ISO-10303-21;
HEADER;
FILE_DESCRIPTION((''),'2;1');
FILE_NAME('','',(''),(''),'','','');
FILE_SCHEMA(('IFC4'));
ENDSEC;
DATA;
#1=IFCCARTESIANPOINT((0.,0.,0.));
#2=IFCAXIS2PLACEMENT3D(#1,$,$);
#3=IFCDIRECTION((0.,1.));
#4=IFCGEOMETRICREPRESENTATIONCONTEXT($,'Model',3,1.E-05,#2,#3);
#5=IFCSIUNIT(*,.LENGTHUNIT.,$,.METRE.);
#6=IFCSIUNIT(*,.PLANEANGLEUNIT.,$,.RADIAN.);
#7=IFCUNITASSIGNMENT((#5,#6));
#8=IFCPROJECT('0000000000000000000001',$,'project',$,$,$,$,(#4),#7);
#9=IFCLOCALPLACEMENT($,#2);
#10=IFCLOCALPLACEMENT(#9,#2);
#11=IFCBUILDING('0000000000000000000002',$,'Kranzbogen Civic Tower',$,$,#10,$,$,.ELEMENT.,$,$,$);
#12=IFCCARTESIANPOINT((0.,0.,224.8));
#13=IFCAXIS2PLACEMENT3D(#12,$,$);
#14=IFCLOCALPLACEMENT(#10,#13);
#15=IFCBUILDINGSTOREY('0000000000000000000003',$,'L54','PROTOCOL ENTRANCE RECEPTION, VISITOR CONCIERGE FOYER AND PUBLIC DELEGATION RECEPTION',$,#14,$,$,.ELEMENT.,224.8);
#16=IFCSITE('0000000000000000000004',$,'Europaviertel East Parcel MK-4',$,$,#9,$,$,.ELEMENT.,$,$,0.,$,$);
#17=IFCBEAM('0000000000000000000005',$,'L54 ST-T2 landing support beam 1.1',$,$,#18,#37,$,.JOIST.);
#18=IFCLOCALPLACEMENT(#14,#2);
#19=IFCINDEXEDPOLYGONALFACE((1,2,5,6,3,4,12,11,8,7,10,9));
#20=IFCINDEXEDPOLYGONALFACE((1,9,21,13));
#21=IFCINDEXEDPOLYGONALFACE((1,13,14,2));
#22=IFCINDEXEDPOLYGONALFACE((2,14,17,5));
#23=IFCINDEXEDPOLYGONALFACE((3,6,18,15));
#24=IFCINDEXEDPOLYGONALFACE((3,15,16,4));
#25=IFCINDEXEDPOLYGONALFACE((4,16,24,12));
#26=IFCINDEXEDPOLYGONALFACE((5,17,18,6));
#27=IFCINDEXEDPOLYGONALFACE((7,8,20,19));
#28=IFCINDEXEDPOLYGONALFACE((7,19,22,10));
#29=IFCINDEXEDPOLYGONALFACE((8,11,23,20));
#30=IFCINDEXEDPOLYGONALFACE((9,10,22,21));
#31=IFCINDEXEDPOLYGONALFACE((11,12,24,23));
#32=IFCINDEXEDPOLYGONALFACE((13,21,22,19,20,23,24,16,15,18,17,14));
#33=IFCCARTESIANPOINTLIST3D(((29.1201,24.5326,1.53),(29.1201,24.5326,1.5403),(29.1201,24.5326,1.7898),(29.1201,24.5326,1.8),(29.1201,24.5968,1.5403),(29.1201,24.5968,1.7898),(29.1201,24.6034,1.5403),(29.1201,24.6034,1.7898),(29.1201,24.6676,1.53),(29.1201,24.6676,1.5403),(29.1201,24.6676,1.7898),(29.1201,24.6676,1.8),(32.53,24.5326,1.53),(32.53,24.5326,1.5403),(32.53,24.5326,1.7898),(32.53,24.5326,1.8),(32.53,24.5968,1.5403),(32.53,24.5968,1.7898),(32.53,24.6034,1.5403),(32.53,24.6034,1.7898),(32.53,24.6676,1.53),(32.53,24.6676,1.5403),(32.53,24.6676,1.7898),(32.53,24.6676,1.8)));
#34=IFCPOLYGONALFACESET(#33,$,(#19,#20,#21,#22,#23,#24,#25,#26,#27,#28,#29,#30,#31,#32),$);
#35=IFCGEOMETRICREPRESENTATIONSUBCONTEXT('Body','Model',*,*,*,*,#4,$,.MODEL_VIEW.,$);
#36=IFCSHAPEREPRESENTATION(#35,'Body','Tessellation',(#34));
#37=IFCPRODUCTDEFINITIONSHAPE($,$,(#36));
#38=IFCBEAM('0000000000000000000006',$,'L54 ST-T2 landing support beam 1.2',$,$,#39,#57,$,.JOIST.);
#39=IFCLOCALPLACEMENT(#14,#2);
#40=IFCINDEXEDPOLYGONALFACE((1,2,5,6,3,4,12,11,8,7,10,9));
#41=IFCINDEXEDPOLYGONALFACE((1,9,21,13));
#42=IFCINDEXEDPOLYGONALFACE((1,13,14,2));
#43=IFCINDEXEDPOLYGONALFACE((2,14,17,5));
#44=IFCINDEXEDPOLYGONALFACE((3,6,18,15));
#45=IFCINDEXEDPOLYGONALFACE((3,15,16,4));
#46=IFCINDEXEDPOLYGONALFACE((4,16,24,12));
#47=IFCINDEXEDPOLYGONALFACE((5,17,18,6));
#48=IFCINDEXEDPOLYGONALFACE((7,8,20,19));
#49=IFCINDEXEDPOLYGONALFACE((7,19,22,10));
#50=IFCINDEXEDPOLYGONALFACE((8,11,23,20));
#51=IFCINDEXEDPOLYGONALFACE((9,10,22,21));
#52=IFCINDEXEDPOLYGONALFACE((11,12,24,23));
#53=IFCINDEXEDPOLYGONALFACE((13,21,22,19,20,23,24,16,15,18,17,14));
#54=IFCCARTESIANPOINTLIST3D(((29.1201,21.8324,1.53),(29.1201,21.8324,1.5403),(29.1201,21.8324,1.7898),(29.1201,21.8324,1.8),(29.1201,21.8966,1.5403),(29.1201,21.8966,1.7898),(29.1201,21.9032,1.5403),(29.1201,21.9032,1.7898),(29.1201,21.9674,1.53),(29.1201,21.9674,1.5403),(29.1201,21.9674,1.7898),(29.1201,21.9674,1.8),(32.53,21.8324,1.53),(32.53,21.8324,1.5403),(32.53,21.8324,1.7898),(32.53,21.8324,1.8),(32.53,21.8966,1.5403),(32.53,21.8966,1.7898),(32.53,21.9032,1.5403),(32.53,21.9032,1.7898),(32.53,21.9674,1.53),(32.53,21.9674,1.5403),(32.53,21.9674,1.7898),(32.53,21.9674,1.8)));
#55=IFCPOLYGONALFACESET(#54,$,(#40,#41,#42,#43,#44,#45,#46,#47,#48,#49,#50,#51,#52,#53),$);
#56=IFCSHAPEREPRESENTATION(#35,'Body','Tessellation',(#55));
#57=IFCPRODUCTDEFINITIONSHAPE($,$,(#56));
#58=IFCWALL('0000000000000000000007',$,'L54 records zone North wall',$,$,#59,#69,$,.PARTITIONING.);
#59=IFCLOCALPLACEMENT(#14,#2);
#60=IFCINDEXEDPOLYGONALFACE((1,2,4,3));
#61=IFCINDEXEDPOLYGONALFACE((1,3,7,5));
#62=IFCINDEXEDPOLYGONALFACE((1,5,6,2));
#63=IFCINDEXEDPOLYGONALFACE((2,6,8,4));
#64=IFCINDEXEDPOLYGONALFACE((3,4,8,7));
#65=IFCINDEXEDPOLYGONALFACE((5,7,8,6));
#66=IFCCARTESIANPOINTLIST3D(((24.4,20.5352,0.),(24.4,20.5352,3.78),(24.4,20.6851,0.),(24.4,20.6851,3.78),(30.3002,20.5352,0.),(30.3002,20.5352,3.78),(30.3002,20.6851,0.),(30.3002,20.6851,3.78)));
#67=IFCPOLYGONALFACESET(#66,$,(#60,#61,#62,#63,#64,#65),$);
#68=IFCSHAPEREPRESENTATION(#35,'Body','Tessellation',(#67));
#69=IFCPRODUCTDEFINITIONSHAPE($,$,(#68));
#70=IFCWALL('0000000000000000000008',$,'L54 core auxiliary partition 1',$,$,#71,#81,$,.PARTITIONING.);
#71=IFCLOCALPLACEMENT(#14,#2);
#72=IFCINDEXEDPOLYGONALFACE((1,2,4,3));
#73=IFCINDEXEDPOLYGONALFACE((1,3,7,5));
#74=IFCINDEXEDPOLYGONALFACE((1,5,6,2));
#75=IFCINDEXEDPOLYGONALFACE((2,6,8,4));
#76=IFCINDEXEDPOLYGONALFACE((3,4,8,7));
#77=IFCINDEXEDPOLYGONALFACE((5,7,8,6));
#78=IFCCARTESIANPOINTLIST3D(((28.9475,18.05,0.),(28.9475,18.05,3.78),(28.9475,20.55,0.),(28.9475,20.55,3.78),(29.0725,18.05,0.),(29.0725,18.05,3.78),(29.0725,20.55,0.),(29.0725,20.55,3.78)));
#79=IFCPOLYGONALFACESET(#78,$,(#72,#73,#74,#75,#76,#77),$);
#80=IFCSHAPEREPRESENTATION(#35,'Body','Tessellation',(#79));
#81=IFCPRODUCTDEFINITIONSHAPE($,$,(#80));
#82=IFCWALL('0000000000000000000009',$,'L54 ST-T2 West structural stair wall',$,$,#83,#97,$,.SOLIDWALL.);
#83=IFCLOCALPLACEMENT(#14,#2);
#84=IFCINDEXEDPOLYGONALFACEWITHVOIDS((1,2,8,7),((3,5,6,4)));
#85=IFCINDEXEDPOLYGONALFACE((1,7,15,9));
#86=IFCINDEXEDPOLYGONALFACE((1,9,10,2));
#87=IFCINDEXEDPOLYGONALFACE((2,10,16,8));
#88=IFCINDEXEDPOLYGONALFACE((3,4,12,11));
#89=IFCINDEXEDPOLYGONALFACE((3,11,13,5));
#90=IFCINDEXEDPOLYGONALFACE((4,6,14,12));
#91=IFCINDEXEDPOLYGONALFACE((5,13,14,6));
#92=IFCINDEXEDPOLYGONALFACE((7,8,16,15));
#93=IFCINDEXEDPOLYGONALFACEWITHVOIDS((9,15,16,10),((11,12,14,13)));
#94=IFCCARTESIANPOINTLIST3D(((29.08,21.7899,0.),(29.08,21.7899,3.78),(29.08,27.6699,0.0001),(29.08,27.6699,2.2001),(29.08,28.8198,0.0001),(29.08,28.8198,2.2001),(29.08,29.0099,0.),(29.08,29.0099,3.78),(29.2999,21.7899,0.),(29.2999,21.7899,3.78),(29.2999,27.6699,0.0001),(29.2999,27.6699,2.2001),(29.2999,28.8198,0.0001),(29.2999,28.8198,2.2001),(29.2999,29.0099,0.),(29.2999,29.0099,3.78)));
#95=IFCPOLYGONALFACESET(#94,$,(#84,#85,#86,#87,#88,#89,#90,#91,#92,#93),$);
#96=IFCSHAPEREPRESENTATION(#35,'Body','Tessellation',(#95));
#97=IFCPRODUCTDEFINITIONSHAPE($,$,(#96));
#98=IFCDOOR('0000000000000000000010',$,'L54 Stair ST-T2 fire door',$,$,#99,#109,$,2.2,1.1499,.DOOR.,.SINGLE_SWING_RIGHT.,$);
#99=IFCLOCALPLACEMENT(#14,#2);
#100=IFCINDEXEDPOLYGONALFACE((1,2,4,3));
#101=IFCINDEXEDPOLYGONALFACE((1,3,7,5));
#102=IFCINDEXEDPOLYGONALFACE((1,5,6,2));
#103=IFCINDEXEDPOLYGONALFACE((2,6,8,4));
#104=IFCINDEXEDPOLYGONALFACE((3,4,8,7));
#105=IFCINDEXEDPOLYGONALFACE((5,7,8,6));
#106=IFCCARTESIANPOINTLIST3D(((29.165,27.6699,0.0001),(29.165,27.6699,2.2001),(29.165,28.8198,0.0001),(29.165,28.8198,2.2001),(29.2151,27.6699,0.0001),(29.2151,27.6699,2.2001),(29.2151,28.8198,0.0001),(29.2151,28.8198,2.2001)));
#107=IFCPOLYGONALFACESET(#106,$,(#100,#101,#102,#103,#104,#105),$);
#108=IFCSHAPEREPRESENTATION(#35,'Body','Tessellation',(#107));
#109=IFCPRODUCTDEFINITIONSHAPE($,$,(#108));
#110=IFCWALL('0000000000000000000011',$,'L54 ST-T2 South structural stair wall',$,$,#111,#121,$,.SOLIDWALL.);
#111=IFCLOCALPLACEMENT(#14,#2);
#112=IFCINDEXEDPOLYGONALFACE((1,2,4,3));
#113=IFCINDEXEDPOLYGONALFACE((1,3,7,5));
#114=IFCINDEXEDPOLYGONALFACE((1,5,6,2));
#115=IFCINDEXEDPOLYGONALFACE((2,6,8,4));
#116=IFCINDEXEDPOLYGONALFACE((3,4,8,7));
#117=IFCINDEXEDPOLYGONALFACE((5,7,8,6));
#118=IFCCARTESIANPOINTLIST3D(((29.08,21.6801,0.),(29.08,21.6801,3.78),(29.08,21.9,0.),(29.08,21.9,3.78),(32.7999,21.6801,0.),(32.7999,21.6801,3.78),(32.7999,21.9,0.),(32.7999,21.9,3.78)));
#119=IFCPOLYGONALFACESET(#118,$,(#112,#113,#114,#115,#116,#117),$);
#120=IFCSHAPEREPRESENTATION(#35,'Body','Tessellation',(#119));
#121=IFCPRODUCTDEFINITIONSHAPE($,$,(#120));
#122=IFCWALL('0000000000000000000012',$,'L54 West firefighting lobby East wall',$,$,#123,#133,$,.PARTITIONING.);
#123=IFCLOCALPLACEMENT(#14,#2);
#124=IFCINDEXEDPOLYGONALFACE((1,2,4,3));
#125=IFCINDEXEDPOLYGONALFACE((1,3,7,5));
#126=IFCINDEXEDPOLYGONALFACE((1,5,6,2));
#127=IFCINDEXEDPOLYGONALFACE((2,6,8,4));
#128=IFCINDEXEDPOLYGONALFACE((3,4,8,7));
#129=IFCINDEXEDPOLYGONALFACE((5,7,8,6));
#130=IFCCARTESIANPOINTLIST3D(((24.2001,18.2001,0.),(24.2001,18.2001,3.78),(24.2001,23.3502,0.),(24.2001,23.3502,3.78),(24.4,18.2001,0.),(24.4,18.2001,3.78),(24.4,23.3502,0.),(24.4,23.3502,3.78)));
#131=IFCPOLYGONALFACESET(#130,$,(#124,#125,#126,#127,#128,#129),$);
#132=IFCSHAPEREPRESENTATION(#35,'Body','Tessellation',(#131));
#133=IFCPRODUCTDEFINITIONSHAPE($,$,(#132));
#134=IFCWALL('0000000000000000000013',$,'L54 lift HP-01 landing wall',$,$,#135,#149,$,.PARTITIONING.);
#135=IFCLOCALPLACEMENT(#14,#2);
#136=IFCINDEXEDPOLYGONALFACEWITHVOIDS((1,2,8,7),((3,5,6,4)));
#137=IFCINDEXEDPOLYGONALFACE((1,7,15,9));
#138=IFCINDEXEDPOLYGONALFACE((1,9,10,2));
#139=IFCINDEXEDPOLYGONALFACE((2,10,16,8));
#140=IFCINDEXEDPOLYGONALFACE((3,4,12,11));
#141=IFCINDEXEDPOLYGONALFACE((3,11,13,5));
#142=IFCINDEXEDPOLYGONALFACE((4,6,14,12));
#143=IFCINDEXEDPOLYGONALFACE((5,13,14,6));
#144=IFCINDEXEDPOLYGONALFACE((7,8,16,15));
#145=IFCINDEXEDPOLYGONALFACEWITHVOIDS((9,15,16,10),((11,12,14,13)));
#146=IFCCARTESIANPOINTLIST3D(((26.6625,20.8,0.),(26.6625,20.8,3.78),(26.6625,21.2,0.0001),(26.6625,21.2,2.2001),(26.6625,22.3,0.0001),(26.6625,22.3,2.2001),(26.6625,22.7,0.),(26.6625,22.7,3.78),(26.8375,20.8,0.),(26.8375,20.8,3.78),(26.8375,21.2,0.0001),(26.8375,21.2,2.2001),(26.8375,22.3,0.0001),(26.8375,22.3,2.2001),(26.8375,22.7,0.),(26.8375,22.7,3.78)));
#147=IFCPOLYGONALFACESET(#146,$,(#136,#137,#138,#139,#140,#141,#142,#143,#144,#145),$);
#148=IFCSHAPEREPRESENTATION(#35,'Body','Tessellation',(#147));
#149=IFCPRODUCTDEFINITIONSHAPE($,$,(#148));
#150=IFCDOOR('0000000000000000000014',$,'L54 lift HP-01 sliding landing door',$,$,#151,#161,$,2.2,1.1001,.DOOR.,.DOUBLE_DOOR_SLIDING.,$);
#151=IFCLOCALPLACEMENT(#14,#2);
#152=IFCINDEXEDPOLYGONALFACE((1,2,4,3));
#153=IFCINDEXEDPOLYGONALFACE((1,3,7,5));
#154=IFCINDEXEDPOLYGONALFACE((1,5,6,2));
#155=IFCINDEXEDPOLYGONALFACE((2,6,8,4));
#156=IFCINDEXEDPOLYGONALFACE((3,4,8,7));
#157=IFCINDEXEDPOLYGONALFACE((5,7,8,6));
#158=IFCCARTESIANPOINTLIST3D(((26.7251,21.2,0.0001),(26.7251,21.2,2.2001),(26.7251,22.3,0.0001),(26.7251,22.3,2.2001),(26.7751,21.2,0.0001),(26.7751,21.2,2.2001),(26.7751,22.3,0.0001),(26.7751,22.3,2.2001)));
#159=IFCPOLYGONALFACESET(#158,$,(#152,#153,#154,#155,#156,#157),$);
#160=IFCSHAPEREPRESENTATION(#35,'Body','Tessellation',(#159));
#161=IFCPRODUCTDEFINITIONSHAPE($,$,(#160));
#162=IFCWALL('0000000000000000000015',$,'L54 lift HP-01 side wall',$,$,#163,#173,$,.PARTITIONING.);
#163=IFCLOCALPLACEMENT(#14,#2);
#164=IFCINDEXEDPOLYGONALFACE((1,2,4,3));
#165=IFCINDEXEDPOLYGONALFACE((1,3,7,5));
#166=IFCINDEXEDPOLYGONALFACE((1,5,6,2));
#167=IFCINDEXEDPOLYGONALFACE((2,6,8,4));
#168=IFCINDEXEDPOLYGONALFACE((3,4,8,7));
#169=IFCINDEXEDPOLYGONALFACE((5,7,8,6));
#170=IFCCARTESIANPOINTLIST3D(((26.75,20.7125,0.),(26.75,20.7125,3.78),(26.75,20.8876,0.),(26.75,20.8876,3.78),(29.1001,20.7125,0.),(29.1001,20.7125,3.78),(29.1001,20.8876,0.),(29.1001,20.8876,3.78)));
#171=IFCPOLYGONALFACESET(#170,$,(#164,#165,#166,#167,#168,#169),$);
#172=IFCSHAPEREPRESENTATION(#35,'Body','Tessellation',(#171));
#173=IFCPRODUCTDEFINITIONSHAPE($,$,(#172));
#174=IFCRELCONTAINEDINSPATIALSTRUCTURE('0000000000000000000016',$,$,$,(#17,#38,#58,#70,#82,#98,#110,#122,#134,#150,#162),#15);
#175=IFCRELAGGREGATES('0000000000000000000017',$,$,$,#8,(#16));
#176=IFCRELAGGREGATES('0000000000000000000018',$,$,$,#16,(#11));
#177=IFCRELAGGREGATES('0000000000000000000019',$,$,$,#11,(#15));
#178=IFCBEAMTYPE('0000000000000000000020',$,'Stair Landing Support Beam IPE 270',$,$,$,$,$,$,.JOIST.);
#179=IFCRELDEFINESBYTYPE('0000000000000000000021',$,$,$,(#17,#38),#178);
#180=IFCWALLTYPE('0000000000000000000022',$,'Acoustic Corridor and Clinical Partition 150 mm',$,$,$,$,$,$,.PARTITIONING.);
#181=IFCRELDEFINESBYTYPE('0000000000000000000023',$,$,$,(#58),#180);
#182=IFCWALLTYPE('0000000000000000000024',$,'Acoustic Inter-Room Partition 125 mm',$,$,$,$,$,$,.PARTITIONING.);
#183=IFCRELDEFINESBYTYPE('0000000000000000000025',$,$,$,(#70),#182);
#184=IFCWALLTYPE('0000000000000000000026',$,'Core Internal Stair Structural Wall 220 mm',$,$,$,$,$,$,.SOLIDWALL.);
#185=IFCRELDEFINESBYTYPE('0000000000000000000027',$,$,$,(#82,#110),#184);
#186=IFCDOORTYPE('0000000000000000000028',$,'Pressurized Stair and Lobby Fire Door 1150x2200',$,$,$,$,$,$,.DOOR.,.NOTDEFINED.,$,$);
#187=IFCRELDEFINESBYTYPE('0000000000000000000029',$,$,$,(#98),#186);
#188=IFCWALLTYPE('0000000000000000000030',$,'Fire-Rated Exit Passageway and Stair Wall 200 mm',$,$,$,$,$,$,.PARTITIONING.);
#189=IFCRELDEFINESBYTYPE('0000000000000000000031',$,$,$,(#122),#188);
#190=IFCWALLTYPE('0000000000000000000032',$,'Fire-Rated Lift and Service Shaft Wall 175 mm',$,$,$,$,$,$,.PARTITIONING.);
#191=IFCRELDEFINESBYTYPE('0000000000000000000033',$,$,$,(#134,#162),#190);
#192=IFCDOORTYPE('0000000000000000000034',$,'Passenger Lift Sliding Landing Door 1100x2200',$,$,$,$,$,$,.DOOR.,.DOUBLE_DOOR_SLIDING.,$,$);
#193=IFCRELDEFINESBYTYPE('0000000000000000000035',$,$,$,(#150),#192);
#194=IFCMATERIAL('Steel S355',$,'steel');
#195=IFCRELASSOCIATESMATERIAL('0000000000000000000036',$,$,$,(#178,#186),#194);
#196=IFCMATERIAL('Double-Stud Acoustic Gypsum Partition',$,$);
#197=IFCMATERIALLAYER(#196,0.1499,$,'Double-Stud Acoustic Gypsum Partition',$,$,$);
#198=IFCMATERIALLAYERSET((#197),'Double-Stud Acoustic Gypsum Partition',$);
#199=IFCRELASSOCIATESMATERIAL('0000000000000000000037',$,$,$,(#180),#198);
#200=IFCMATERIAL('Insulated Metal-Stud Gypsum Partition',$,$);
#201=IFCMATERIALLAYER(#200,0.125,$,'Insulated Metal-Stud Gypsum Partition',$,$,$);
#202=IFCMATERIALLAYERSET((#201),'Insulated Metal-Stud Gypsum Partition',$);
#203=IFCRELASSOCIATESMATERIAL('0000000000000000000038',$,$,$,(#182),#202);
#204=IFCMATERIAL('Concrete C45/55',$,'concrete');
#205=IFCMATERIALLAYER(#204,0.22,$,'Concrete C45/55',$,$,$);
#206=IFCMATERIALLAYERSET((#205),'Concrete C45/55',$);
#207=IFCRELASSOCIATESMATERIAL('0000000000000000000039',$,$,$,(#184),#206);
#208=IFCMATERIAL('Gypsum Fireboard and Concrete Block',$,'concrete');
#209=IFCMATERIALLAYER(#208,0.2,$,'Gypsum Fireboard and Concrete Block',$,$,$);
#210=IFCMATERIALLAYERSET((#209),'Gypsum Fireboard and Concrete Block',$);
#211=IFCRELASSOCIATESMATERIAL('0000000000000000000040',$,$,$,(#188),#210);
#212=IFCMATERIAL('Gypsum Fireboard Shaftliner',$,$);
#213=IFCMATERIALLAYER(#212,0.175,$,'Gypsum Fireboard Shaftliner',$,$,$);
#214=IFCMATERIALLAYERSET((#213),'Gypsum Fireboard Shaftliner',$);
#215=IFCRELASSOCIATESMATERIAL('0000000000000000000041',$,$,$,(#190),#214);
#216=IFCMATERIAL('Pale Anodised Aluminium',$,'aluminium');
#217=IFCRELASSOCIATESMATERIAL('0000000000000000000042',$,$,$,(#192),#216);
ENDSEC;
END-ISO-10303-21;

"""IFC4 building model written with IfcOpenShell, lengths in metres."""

from ifc_helpers import new_model, si_unit, direction, frame, frame_2d, origin, origin_2d, place, context, subcontext, project, spatial, rectangle, i_section, extrude, material, layer, layer_set, material_profile, profile_set, type_object, element, fill, save


model = new_model("IFC4")

# Units and contexts
model_context = context("Model", 3, precision=1e-05, world=origin(), true_north=direction((0.0, 1.0)))
body_context = subcontext(model_context, "Body", "Model", "MODEL_VIEW")
ifc_project = project(units=[si_unit("LENGTHUNIT", "METRE"), si_unit("PLANEANGLEUNIT", "RADIAN")], contexts=[model_context])

# Site, building, storey
site_placement = place(None, origin())
site = spatial("IfcSite", under=ifc_project, at=site_placement, Name="Europaviertel East Parcel MK-4", CompositionType="ELEMENT", RefElevation=0.0)
building_placement = place(site_placement, origin())
building = spatial("IfcBuilding", under=site, at=building_placement, Name="Kranzbogen Civic Tower", CompositionType="ELEMENT")
storey_placement = place(building_placement, frame((0.0, 0.0, 224.8)))
storey = spatial("IfcBuildingStorey", under=building, at=storey_placement, Name="L54", Description="PROTOCOL ENTRANCE RECEPTION, VISITOR CONCIERGE FOYER AND PUBLIC DELEGATION RECEPTION", CompositionType="ELEMENT", Elevation=224.8)

# Beams
ifc_material_1 = material(Name="Steel S355", Category="steel")
ifc_material_profile = material_profile(ifc_material_1, i_section(OverallWidth=0.135, OverallDepth=0.27, WebThickness=0.0066, FlangeThickness=0.0103, at=origin_2d()), Name="IPE 270")
ifc_profile_set = profile_set([ifc_material_profile], Name="Steel S355")
beam_type = type_object("IfcBeamType", Name="Stair Landing Support Beam IPE 270", PredefinedType="JOIST", material=ifc_profile_set)
for number, where, z_axis, x_axis, name in (
    (1, (29.1201, 24.6001, 1.665), (1.0, 0.0, 0.0), (0.0, 1.0, 0.0), "L54 ST-T2 landing support beam 1.1"),
    (2, (29.1201, 21.8999, 1.665), (1.0, 0.0, 0.0), (0.0, 1.0, 0.0), "L54 ST-T2 landing support beam 1.2"),
):
    element("IfcBeam", number, at=place(storey_placement, frame(where, z_axis=z_axis, x_axis=x_axis)), inside=storey, type_object=beam_type, Name=name, PredefinedType="JOIST", context=body_context, shape_type="SweptSolid", body=[
        extrude(i_section(OverallWidth=0.135, OverallDepth=0.27, WebThickness=0.0066, FlangeThickness=0.0103, at=origin_2d()), origin(), (0.0, 0.0, 1.0), 3.4099),
    ])

# Walls
ifc_material_2 = material(Name="Double-Stud Acoustic Gypsum Partition")
ifc_layer_1 = layer(ifc_material_2, 0.1499, Name="Double-Stud Acoustic Gypsum Partition")
ifc_layer_set_1 = layer_set([ifc_layer_1], Name="Double-Stud Acoustic Gypsum Partition")
wall_type_1 = type_object("IfcWallType", Name="Acoustic Corridor and Clinical Partition 150 mm", PredefinedType="PARTITIONING", material=ifc_layer_set_1)
wall_1_placement = place(storey_placement, frame((24.3999, 20.6101, 0.0), z_axis=(0.0, 0.0, 1.0), x_axis=(1.0, 0.0, 0.0)))
element("IfcWall", 3, at=wall_1_placement, inside=storey, type_object=wall_type_1, Name="L54 records zone North wall", PredefinedType="PARTITIONING", context=body_context, shape_type="SweptSolid", body=[
    extrude(rectangle(XDim=5.9001, YDim=0.1499, at=frame_2d((2.9502, 0.0))), origin(), (0.0, 0.0, 1.0), 3.78),
])
ifc_material_3 = material(Name="Insulated Metal-Stud Gypsum Partition")
ifc_layer_2 = layer(ifc_material_3, 0.125, Name="Insulated Metal-Stud Gypsum Partition")
ifc_layer_set_2 = layer_set([ifc_layer_2], Name="Insulated Metal-Stud Gypsum Partition")
wall_type_2 = type_object("IfcWallType", Name="Acoustic Inter-Room Partition 125 mm", PredefinedType="PARTITIONING", material=ifc_layer_set_2)
wall_2_placement = place(storey_placement, frame((29.01, 18.05, 0.0), z_axis=(0.0, 0.0, 1.0), x_axis=(0.0, 1.0, 0.0)))
element("IfcWall", 4, at=wall_2_placement, inside=storey, type_object=wall_type_2, Name="L54 core auxiliary partition 1", PredefinedType="PARTITIONING", context=body_context, shape_type="SweptSolid", body=[
    extrude(rectangle(XDim=2.5, YDim=0.125, at=frame_2d((1.25, 0.0))), origin(), (0.0, 0.0, 1.0), 3.78),
])

# Wall, opening, door
ifc_material_4 = material(Name="Concrete C45/55", Category="concrete")
ifc_layer_3 = layer(ifc_material_4, 0.22, Name="Concrete C45/55")
ifc_layer_set_3 = layer_set([ifc_layer_3], Name="Concrete C45/55")
wall_type_3 = type_object("IfcWallType", Name="Core Internal Stair Structural Wall 220 mm", PredefinedType="SOLIDWALL", material=ifc_layer_set_3)
wall_3_placement = place(storey_placement, frame((29.1899, 21.79, 0.0), z_axis=(0.0, 0.0, 1.0), x_axis=(0.0, 1.0, 0.0)))
wall_3 = element("IfcWall", 5, at=wall_3_placement, inside=storey, type_object=wall_type_3, Name="L54 ST-T2 West structural stair wall", PredefinedType="SOLIDWALL", context=body_context, shape_type="SweptSolid", body=[
    extrude(rectangle(XDim=7.22, YDim=0.22, at=frame_2d((3.6099, 0.0))), origin(), (0.0, 0.0, 1.0), 3.78),
])
opening_1_placement = place(wall_3_placement, frame((5.8799, 0.0, 0.0)))
opening_1 = element("IfcOpeningElement", 6, at=opening_1_placement, cuts=wall_3, PredefinedType="OPENING", context=body_context, shape_type="SweptSolid", body=[
    extrude(rectangle(XDim=1.1499, YDim=2.2, at=frame_2d((0.575, 1.1001))), frame((0.0, 0.1201, 0.0), z_axis=(0.0, -1.0, 0.0), x_axis=(1.0, 0.0, 0.0)), (0.0, 0.0, 1.0), 0.24),
])
door_type_1 = type_object("IfcDoorType", Name="Pressurized Stair and Lobby Fire Door 1150x2200", OperationType="NOTDEFINED", PredefinedType="DOOR", material=ifc_material_1)
door_1_placement = place(opening_1_placement, origin())
door_1 = element("IfcDoor", 7, at=door_1_placement, inside=storey, type_object=door_type_1, Name="L54 Stair ST-T2 fire door", OperationType="SINGLE_SWING_RIGHT", OverallHeight=2.2, OverallWidth=1.1499, PredefinedType="DOOR", context=body_context, shape_type="SweptSolid", body=[
    extrude(rectangle(XDim=1.1499, YDim=2.2, at=frame_2d((0.575, 1.1001))), frame((0.0, 0.0249, 0.0), z_axis=(0.0, -1.0, 0.0), x_axis=(1.0, 0.0, 0.0)), (0.0, 0.0, 1.0), 0.05),
])
fill(opening_1, door_1)

# Walls
wall_4_placement = place(storey_placement, frame((29.0801, 21.79, 0.0), z_axis=(0.0, 0.0, 1.0), x_axis=(1.0, 0.0, 0.0)))
element("IfcWall", 8, at=wall_4_placement, inside=storey, type_object=wall_type_3, Name="L54 ST-T2 South structural stair wall", PredefinedType="SOLIDWALL", context=body_context, shape_type="SweptSolid", body=[
    extrude(rectangle(XDim=3.72, YDim=0.22, at=frame_2d((1.8599, 0.0))), origin(), (0.0, 0.0, 1.0), 3.78),
])
ifc_material_5 = material(Name="Gypsum Fireboard and Concrete Block", Category="concrete")
ifc_layer_4 = layer(ifc_material_5, 0.2, Name="Gypsum Fireboard and Concrete Block")
ifc_layer_set_4 = layer_set([ifc_layer_4], Name="Gypsum Fireboard and Concrete Block")
wall_type_4 = type_object("IfcWallType", Name="Fire-Rated Exit Passageway and Stair Wall 200 mm", PredefinedType="PARTITIONING", material=ifc_layer_set_4)
wall_5_placement = place(storey_placement, frame((24.3, 18.2, 0.0), z_axis=(0.0, 0.0, 1.0), x_axis=(0.0, 1.0, 0.0)))
element("IfcWall", 9, at=wall_5_placement, inside=storey, type_object=wall_type_4, Name="L54 West firefighting lobby East wall", PredefinedType="PARTITIONING", context=body_context, shape_type="SweptSolid", body=[
    extrude(rectangle(XDim=5.1501, YDim=0.2, at=frame_2d((2.5752, 0.0))), origin(), (0.0, 0.0, 1.0), 3.78),
])

# Wall, opening, door
ifc_material_6 = material(Name="Gypsum Fireboard Shaftliner")
ifc_layer_5 = layer(ifc_material_6, 0.175, Name="Gypsum Fireboard Shaftliner")
ifc_layer_set_5 = layer_set([ifc_layer_5], Name="Gypsum Fireboard Shaftliner")
wall_type_5 = type_object("IfcWallType", Name="Fire-Rated Lift and Service Shaft Wall 175 mm", PredefinedType="PARTITIONING", material=ifc_layer_set_5)
wall_6_placement = place(storey_placement, frame((26.75, 20.8, 0.0), z_axis=(0.0, 0.0, 1.0), x_axis=(0.0, 1.0, 0.0)))
wall_6 = element("IfcWall", 10, at=wall_6_placement, inside=storey, type_object=wall_type_5, Name="L54 lift HP-01 landing wall", PredefinedType="PARTITIONING", context=body_context, shape_type="SweptSolid", body=[
    extrude(rectangle(XDim=1.8999, YDim=0.175, at=frame_2d((0.95, 0.0))), origin(), (0.0, 0.0, 1.0), 3.78),
])
opening_2_placement = place(wall_6_placement, frame((0.3999, 0.0, 0.0)))
opening_2 = element("IfcOpeningElement", 11, at=opening_2_placement, cuts=wall_6, PredefinedType="OPENING", context=body_context, shape_type="SweptSolid", body=[
    extrude(rectangle(XDim=1.1001, YDim=2.2, at=frame_2d((0.55, 1.1001))), frame((0.0, 0.0977, 0.0), z_axis=(0.0, -1.0, 0.0), x_axis=(1.0, 0.0, 0.0)), (0.0, 0.0, 1.0), 0.1951),
])
ifc_material_7 = material(Name="Pale Anodised Aluminium", Category="aluminium")
door_type_2 = type_object("IfcDoorType", Name="Passenger Lift Sliding Landing Door 1100x2200", OperationType="DOUBLE_DOOR_SLIDING", PredefinedType="DOOR", material=ifc_material_7)
door_2_placement = place(opening_2_placement, origin())
door_2 = element("IfcDoor", 12, at=door_2_placement, inside=storey, type_object=door_type_2, Name="L54 lift HP-01 sliding landing door", OperationType="DOUBLE_DOOR_SLIDING", OverallHeight=2.2, OverallWidth=1.1001, PredefinedType="DOOR", context=body_context, shape_type="SweptSolid", body=[
    extrude(rectangle(XDim=1.1001, YDim=2.2, at=frame_2d((0.55, 1.1001))), frame((0.0, 0.0249, 0.0), z_axis=(0.0, -1.0, 0.0), x_axis=(1.0, 0.0, 0.0)), (0.0, 0.0, 1.0), 0.05),
])
fill(opening_2, door_2)

# Wall
wall_7_placement = place(storey_placement, frame((26.75, 20.8, 0.0), z_axis=(0.0, 0.0, 1.0), x_axis=(1.0, 0.0, 0.0)))
element("IfcWall", 13, at=wall_7_placement, inside=storey, type_object=wall_type_5, Name="L54 lift HP-01 side wall", PredefinedType="PARTITIONING", context=body_context, shape_type="SweptSolid", body=[
    extrude(rectangle(XDim=2.3501, YDim=0.175, at=frame_2d((1.175, 0.0))), origin(), (0.0, 0.0, 1.0), 3.78),
])

save(model, "model.ifc")
